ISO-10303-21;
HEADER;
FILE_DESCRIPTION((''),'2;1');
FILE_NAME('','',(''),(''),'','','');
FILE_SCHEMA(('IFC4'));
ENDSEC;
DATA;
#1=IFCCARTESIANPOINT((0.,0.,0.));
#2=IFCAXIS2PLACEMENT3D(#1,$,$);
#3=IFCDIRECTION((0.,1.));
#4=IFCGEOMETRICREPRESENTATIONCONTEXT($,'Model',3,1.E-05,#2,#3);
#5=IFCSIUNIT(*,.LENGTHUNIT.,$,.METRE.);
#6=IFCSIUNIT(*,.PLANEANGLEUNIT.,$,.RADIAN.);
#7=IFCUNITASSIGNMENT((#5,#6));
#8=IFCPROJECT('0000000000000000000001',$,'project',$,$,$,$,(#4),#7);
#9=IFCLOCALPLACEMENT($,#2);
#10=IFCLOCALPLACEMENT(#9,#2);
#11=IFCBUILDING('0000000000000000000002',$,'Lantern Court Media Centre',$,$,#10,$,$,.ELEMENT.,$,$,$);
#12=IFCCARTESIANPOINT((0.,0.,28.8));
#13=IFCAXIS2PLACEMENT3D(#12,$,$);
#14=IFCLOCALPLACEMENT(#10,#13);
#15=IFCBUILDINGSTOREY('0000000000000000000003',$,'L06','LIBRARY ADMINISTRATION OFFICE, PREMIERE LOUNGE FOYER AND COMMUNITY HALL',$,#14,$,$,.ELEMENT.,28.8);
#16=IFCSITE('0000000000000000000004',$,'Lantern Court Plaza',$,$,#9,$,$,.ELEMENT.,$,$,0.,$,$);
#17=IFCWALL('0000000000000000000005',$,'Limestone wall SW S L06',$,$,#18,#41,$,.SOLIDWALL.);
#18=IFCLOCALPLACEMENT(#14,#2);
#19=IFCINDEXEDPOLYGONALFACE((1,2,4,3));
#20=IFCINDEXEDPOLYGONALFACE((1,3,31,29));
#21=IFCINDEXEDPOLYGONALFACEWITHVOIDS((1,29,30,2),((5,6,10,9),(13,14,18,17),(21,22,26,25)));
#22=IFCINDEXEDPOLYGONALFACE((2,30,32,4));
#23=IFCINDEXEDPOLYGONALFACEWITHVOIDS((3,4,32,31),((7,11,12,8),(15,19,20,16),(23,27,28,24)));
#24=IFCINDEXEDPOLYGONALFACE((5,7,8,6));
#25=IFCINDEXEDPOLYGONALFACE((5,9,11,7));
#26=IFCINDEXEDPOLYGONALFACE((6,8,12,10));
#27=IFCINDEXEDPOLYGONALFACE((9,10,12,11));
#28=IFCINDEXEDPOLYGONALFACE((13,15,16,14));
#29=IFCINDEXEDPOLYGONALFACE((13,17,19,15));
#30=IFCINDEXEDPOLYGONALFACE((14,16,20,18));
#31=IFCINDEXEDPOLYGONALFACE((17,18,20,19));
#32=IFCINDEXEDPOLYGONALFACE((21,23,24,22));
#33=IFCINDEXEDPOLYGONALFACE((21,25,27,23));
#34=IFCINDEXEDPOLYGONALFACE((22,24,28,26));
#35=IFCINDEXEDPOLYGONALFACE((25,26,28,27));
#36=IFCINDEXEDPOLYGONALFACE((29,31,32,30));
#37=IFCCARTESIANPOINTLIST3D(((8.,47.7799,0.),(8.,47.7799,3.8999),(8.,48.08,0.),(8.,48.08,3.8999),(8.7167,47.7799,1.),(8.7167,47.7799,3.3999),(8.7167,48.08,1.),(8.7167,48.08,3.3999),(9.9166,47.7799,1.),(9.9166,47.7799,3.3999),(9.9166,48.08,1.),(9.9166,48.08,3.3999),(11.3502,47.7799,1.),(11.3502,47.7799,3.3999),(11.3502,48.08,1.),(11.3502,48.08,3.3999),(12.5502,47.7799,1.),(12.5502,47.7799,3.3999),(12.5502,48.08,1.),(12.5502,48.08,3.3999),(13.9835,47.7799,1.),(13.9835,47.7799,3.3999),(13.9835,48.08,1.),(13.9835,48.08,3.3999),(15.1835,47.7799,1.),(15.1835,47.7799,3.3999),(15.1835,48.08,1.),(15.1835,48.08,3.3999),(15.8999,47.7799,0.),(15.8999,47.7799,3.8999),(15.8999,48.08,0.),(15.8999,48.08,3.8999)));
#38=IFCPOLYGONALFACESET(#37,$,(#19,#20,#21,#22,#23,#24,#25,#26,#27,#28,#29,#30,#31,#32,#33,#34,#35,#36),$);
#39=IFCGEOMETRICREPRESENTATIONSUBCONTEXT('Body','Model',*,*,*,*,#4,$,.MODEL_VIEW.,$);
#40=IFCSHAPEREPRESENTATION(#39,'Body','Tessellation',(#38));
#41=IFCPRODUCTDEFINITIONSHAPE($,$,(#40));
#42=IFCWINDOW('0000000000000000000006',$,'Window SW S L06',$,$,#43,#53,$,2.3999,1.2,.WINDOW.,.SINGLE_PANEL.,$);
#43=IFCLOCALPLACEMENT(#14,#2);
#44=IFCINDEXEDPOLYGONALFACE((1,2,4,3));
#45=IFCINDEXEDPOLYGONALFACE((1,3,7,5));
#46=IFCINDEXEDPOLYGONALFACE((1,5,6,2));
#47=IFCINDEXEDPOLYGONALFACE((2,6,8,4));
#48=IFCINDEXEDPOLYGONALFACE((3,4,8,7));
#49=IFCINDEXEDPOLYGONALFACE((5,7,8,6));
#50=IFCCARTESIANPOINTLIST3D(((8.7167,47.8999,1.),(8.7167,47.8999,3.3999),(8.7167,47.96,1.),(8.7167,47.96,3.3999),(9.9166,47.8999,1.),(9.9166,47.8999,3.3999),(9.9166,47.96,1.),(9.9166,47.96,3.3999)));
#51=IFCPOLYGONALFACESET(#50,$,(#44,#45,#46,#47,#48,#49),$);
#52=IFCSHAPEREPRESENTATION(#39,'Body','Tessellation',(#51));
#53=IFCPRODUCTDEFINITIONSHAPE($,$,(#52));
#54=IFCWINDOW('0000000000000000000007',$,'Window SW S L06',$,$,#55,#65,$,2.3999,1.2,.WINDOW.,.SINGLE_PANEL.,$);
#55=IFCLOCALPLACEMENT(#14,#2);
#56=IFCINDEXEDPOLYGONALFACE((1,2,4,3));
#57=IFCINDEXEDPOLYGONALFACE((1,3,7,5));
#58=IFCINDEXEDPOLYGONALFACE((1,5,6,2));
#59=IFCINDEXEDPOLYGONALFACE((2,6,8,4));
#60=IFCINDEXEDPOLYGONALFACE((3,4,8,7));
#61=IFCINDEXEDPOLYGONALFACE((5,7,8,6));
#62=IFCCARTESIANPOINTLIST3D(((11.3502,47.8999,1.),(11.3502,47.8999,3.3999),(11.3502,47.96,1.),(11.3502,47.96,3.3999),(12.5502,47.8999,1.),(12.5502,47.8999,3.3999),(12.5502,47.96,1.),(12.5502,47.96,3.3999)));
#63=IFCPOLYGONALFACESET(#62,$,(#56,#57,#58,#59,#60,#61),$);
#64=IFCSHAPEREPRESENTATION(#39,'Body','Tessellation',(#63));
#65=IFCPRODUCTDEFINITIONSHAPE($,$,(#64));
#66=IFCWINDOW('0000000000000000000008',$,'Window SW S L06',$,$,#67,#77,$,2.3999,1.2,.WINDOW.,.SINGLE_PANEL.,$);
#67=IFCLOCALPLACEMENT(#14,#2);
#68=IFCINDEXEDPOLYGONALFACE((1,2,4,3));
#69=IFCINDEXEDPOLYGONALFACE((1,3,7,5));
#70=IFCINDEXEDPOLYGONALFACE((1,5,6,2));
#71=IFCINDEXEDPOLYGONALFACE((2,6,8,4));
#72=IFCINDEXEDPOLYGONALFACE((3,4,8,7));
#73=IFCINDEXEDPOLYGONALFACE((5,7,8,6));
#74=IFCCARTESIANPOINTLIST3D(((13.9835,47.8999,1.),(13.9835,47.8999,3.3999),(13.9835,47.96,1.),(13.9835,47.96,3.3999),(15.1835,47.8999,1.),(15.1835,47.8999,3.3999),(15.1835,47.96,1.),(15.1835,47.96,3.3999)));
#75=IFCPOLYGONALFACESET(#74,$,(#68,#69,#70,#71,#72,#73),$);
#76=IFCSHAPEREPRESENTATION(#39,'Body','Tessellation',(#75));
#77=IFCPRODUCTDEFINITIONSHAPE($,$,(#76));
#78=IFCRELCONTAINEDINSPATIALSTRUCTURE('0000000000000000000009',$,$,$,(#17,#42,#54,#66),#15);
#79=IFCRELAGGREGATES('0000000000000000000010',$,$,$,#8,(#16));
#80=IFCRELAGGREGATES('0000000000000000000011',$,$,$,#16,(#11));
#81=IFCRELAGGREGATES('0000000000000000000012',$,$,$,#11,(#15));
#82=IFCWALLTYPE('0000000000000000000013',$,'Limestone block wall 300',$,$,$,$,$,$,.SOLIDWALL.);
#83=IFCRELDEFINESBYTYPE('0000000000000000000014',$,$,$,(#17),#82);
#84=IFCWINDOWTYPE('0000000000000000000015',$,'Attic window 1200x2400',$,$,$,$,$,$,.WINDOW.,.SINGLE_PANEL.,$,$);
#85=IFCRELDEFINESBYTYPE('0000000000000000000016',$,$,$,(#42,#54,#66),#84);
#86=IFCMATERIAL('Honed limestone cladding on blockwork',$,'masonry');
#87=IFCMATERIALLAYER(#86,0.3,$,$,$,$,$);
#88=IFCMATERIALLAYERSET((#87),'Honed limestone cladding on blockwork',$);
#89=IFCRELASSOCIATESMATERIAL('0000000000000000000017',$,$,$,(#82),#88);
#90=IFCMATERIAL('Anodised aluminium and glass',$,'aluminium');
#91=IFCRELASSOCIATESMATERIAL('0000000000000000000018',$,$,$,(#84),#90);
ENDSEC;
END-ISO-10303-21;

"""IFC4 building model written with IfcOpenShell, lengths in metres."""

from ifc_helpers import new_model, si_unit, direction, frame, frame_2d, origin, place, context, subcontext, project, spatial, rectangle, extrude, material, layer, layer_set, type_object, element, fill, save


model = new_model("IFC4")

# Units and contexts
model_context = context("Model", 3, precision=1e-05, world=origin(), true_north=direction((0.0, 1.0)))
body_context = subcontext(model_context, "Body", "Model", "MODEL_VIEW")
ifc_project = project(units=[si_unit("LENGTHUNIT", "METRE"), si_unit("PLANEANGLEUNIT", "RADIAN")], contexts=[model_context])

# Site, building, storey
site_placement = place(None, origin())
site = spatial("IfcSite", under=ifc_project, at=site_placement, Name="Lantern Court Plaza", CompositionType="ELEMENT", RefElevation=0.0)
building_placement = place(site_placement, origin())
building = spatial("IfcBuilding", under=site, at=building_placement, Name="Lantern Court Media Centre", CompositionType="ELEMENT")
storey_placement = place(building_placement, frame((0.0, 0.0, 28.8)))
storey = spatial("IfcBuildingStorey", under=building, at=storey_placement, Name="L06", Description="LIBRARY ADMINISTRATION OFFICE, PREMIERE LOUNGE FOYER AND COMMUNITY HALL", CompositionType="ELEMENT", Elevation=28.8)

# Wall, openings, windows
ifc_material_1 = material(Name="Honed limestone cladding on blockwork", Category="masonry")
ifc_layer_1 = layer(ifc_material_1, 0.3)
ifc_layer_set_1 = layer_set([ifc_layer_1], Name="Honed limestone cladding on blockwork")
wall_type_1 = type_object("IfcWallType", Name="Limestone block wall 300", PredefinedType="SOLIDWALL", material=ifc_layer_set_1)
ifc_material_2 = material(Name="Anodised aluminium and glass", Category="aluminium")
window_type = type_object("IfcWindowType", Name="Attic window 1200x2400", PartitioningType="SINGLE_PANEL", PredefinedType="WINDOW", material=ifc_material_2)
wall_1_placement = place(storey_placement, frame((8.0, 47.9299, 0.0), z_axis=(0.0, 0.0, 1.0), x_axis=(1.0, 0.0, 0.0)))
wall_1 = element("IfcWall", 1, at=wall_1_placement, inside=storey, type_object=wall_type_1, Name="Limestone wall SW S L06", PredefinedType="SOLIDWALL", context=body_context, shape_type="SweptSolid", body=[
    extrude(rectangle(XDim=7.8999, YDim=0.3, at=frame_2d((3.95, 0.0))), origin(), (0.0, 0.0, 1.0), 3.8999),
])
opening_1_placement = place(wall_1_placement, frame((0.7166, 0.0, 1.0)))
opening_1 = element("IfcOpeningElement", 2, at=opening_1_placement, cuts=wall_1, PredefinedType="OPENING", context=body_context, shape_type="SweptSolid", body=[
    extrude(rectangle(XDim=1.2, YDim=2.3999, at=frame_2d((0.6001, 1.2))), frame((0.0, 0.1599, 0.0), z_axis=(0.0, -1.0, 0.0), x_axis=(1.0, 0.0, 0.0)), (0.0, 0.0, 1.0), 0.3201),
])
opening_2_placement = place(wall_1_placement, frame((3.3501, 0.0, 1.0)))
opening_2 = element("IfcOpeningElement", 3, at=opening_2_placement, cuts=wall_1, PredefinedType="OPENING", context=body_context, shape_type="SweptSolid", body=[
    extrude(rectangle(XDim=1.2, YDim=2.3999, at=frame_2d((0.6001, 1.2))), frame((0.0, 0.1599, 0.0), z_axis=(0.0, -1.0, 0.0), x_axis=(1.0, 0.0, 0.0)), (0.0, 0.0, 1.0), 0.3201),
])
opening_3_placement = place(wall_1_placement, frame((5.9834, 0.0, 1.0)))
opening_3 = element("IfcOpeningElement", 4, at=opening_3_placement, cuts=wall_1, PredefinedType="OPENING", context=body_context, shape_type="SweptSolid", body=[
    extrude(rectangle(XDim=1.2, YDim=2.3999, at=frame_2d((0.6001, 1.2))), frame((0.0, 0.1599, 0.0), z_axis=(0.0, -1.0, 0.0), x_axis=(1.0, 0.0, 0.0)), (0.0, 0.0, 1.0), 0.3201),
])
window_1_placement = place(opening_1_placement, origin())
window_1 = element("IfcWindow", 5, at=window_1_placement, inside=storey, type_object=window_type, Name="Window SW S L06", OverallHeight=2.3999, OverallWidth=1.2, PartitioningType="SINGLE_PANEL", PredefinedType="WINDOW", context=body_context, shape_type="SweptSolid", body=[
    extrude(rectangle(XDim=1.2, YDim=2.3999, at=frame_2d((0.6001, 1.2))), frame((0.0, 0.03, 0.0), z_axis=(0.0, -1.0, 0.0), x_axis=(1.0, 0.0, 0.0)), (0.0, 0.0, 1.0), 0.0601),
])
fill(opening_1, window_1)
window_2_placement = place(opening_2_placement, origin())
window_2 = element("IfcWindow", 6, at=window_2_placement, inside=storey, type_object=window_type, Name="Window SW S L06", OverallHeight=2.3999, OverallWidth=1.2, PartitioningType="SINGLE_PANEL", PredefinedType="WINDOW", context=body_context, shape_type="SweptSolid", body=[
    extrude(rectangle(XDim=1.2, YDim=2.3999, at=frame_2d((0.6001, 1.2))), frame((0.0, 0.03, 0.0), z_axis=(0.0, -1.0, 0.0), x_axis=(1.0, 0.0, 0.0)), (0.0, 0.0, 1.0), 0.0601),
])
fill(opening_2, window_2)
window_3_placement = place(opening_3_placement, origin())
window_3 = element("IfcWindow", 7, at=window_3_placement, inside=storey, type_object=window_type, Name="Window SW S L06", OverallHeight=2.3999, OverallWidth=1.2, PartitioningType="SINGLE_PANEL", PredefinedType="WINDOW", context=body_context, shape_type="SweptSolid", body=[
    extrude(rectangle(XDim=1.2, YDim=2.3999, at=frame_2d((0.6001, 1.2))), frame((0.0, 0.03, 0.0), z_axis=(0.0, -1.0, 0.0), x_axis=(1.0, 0.0, 0.0)), (0.0, 0.0, 1.0), 0.0601),
])
fill(opening_3, window_3)

save(model, "model.ifc")
